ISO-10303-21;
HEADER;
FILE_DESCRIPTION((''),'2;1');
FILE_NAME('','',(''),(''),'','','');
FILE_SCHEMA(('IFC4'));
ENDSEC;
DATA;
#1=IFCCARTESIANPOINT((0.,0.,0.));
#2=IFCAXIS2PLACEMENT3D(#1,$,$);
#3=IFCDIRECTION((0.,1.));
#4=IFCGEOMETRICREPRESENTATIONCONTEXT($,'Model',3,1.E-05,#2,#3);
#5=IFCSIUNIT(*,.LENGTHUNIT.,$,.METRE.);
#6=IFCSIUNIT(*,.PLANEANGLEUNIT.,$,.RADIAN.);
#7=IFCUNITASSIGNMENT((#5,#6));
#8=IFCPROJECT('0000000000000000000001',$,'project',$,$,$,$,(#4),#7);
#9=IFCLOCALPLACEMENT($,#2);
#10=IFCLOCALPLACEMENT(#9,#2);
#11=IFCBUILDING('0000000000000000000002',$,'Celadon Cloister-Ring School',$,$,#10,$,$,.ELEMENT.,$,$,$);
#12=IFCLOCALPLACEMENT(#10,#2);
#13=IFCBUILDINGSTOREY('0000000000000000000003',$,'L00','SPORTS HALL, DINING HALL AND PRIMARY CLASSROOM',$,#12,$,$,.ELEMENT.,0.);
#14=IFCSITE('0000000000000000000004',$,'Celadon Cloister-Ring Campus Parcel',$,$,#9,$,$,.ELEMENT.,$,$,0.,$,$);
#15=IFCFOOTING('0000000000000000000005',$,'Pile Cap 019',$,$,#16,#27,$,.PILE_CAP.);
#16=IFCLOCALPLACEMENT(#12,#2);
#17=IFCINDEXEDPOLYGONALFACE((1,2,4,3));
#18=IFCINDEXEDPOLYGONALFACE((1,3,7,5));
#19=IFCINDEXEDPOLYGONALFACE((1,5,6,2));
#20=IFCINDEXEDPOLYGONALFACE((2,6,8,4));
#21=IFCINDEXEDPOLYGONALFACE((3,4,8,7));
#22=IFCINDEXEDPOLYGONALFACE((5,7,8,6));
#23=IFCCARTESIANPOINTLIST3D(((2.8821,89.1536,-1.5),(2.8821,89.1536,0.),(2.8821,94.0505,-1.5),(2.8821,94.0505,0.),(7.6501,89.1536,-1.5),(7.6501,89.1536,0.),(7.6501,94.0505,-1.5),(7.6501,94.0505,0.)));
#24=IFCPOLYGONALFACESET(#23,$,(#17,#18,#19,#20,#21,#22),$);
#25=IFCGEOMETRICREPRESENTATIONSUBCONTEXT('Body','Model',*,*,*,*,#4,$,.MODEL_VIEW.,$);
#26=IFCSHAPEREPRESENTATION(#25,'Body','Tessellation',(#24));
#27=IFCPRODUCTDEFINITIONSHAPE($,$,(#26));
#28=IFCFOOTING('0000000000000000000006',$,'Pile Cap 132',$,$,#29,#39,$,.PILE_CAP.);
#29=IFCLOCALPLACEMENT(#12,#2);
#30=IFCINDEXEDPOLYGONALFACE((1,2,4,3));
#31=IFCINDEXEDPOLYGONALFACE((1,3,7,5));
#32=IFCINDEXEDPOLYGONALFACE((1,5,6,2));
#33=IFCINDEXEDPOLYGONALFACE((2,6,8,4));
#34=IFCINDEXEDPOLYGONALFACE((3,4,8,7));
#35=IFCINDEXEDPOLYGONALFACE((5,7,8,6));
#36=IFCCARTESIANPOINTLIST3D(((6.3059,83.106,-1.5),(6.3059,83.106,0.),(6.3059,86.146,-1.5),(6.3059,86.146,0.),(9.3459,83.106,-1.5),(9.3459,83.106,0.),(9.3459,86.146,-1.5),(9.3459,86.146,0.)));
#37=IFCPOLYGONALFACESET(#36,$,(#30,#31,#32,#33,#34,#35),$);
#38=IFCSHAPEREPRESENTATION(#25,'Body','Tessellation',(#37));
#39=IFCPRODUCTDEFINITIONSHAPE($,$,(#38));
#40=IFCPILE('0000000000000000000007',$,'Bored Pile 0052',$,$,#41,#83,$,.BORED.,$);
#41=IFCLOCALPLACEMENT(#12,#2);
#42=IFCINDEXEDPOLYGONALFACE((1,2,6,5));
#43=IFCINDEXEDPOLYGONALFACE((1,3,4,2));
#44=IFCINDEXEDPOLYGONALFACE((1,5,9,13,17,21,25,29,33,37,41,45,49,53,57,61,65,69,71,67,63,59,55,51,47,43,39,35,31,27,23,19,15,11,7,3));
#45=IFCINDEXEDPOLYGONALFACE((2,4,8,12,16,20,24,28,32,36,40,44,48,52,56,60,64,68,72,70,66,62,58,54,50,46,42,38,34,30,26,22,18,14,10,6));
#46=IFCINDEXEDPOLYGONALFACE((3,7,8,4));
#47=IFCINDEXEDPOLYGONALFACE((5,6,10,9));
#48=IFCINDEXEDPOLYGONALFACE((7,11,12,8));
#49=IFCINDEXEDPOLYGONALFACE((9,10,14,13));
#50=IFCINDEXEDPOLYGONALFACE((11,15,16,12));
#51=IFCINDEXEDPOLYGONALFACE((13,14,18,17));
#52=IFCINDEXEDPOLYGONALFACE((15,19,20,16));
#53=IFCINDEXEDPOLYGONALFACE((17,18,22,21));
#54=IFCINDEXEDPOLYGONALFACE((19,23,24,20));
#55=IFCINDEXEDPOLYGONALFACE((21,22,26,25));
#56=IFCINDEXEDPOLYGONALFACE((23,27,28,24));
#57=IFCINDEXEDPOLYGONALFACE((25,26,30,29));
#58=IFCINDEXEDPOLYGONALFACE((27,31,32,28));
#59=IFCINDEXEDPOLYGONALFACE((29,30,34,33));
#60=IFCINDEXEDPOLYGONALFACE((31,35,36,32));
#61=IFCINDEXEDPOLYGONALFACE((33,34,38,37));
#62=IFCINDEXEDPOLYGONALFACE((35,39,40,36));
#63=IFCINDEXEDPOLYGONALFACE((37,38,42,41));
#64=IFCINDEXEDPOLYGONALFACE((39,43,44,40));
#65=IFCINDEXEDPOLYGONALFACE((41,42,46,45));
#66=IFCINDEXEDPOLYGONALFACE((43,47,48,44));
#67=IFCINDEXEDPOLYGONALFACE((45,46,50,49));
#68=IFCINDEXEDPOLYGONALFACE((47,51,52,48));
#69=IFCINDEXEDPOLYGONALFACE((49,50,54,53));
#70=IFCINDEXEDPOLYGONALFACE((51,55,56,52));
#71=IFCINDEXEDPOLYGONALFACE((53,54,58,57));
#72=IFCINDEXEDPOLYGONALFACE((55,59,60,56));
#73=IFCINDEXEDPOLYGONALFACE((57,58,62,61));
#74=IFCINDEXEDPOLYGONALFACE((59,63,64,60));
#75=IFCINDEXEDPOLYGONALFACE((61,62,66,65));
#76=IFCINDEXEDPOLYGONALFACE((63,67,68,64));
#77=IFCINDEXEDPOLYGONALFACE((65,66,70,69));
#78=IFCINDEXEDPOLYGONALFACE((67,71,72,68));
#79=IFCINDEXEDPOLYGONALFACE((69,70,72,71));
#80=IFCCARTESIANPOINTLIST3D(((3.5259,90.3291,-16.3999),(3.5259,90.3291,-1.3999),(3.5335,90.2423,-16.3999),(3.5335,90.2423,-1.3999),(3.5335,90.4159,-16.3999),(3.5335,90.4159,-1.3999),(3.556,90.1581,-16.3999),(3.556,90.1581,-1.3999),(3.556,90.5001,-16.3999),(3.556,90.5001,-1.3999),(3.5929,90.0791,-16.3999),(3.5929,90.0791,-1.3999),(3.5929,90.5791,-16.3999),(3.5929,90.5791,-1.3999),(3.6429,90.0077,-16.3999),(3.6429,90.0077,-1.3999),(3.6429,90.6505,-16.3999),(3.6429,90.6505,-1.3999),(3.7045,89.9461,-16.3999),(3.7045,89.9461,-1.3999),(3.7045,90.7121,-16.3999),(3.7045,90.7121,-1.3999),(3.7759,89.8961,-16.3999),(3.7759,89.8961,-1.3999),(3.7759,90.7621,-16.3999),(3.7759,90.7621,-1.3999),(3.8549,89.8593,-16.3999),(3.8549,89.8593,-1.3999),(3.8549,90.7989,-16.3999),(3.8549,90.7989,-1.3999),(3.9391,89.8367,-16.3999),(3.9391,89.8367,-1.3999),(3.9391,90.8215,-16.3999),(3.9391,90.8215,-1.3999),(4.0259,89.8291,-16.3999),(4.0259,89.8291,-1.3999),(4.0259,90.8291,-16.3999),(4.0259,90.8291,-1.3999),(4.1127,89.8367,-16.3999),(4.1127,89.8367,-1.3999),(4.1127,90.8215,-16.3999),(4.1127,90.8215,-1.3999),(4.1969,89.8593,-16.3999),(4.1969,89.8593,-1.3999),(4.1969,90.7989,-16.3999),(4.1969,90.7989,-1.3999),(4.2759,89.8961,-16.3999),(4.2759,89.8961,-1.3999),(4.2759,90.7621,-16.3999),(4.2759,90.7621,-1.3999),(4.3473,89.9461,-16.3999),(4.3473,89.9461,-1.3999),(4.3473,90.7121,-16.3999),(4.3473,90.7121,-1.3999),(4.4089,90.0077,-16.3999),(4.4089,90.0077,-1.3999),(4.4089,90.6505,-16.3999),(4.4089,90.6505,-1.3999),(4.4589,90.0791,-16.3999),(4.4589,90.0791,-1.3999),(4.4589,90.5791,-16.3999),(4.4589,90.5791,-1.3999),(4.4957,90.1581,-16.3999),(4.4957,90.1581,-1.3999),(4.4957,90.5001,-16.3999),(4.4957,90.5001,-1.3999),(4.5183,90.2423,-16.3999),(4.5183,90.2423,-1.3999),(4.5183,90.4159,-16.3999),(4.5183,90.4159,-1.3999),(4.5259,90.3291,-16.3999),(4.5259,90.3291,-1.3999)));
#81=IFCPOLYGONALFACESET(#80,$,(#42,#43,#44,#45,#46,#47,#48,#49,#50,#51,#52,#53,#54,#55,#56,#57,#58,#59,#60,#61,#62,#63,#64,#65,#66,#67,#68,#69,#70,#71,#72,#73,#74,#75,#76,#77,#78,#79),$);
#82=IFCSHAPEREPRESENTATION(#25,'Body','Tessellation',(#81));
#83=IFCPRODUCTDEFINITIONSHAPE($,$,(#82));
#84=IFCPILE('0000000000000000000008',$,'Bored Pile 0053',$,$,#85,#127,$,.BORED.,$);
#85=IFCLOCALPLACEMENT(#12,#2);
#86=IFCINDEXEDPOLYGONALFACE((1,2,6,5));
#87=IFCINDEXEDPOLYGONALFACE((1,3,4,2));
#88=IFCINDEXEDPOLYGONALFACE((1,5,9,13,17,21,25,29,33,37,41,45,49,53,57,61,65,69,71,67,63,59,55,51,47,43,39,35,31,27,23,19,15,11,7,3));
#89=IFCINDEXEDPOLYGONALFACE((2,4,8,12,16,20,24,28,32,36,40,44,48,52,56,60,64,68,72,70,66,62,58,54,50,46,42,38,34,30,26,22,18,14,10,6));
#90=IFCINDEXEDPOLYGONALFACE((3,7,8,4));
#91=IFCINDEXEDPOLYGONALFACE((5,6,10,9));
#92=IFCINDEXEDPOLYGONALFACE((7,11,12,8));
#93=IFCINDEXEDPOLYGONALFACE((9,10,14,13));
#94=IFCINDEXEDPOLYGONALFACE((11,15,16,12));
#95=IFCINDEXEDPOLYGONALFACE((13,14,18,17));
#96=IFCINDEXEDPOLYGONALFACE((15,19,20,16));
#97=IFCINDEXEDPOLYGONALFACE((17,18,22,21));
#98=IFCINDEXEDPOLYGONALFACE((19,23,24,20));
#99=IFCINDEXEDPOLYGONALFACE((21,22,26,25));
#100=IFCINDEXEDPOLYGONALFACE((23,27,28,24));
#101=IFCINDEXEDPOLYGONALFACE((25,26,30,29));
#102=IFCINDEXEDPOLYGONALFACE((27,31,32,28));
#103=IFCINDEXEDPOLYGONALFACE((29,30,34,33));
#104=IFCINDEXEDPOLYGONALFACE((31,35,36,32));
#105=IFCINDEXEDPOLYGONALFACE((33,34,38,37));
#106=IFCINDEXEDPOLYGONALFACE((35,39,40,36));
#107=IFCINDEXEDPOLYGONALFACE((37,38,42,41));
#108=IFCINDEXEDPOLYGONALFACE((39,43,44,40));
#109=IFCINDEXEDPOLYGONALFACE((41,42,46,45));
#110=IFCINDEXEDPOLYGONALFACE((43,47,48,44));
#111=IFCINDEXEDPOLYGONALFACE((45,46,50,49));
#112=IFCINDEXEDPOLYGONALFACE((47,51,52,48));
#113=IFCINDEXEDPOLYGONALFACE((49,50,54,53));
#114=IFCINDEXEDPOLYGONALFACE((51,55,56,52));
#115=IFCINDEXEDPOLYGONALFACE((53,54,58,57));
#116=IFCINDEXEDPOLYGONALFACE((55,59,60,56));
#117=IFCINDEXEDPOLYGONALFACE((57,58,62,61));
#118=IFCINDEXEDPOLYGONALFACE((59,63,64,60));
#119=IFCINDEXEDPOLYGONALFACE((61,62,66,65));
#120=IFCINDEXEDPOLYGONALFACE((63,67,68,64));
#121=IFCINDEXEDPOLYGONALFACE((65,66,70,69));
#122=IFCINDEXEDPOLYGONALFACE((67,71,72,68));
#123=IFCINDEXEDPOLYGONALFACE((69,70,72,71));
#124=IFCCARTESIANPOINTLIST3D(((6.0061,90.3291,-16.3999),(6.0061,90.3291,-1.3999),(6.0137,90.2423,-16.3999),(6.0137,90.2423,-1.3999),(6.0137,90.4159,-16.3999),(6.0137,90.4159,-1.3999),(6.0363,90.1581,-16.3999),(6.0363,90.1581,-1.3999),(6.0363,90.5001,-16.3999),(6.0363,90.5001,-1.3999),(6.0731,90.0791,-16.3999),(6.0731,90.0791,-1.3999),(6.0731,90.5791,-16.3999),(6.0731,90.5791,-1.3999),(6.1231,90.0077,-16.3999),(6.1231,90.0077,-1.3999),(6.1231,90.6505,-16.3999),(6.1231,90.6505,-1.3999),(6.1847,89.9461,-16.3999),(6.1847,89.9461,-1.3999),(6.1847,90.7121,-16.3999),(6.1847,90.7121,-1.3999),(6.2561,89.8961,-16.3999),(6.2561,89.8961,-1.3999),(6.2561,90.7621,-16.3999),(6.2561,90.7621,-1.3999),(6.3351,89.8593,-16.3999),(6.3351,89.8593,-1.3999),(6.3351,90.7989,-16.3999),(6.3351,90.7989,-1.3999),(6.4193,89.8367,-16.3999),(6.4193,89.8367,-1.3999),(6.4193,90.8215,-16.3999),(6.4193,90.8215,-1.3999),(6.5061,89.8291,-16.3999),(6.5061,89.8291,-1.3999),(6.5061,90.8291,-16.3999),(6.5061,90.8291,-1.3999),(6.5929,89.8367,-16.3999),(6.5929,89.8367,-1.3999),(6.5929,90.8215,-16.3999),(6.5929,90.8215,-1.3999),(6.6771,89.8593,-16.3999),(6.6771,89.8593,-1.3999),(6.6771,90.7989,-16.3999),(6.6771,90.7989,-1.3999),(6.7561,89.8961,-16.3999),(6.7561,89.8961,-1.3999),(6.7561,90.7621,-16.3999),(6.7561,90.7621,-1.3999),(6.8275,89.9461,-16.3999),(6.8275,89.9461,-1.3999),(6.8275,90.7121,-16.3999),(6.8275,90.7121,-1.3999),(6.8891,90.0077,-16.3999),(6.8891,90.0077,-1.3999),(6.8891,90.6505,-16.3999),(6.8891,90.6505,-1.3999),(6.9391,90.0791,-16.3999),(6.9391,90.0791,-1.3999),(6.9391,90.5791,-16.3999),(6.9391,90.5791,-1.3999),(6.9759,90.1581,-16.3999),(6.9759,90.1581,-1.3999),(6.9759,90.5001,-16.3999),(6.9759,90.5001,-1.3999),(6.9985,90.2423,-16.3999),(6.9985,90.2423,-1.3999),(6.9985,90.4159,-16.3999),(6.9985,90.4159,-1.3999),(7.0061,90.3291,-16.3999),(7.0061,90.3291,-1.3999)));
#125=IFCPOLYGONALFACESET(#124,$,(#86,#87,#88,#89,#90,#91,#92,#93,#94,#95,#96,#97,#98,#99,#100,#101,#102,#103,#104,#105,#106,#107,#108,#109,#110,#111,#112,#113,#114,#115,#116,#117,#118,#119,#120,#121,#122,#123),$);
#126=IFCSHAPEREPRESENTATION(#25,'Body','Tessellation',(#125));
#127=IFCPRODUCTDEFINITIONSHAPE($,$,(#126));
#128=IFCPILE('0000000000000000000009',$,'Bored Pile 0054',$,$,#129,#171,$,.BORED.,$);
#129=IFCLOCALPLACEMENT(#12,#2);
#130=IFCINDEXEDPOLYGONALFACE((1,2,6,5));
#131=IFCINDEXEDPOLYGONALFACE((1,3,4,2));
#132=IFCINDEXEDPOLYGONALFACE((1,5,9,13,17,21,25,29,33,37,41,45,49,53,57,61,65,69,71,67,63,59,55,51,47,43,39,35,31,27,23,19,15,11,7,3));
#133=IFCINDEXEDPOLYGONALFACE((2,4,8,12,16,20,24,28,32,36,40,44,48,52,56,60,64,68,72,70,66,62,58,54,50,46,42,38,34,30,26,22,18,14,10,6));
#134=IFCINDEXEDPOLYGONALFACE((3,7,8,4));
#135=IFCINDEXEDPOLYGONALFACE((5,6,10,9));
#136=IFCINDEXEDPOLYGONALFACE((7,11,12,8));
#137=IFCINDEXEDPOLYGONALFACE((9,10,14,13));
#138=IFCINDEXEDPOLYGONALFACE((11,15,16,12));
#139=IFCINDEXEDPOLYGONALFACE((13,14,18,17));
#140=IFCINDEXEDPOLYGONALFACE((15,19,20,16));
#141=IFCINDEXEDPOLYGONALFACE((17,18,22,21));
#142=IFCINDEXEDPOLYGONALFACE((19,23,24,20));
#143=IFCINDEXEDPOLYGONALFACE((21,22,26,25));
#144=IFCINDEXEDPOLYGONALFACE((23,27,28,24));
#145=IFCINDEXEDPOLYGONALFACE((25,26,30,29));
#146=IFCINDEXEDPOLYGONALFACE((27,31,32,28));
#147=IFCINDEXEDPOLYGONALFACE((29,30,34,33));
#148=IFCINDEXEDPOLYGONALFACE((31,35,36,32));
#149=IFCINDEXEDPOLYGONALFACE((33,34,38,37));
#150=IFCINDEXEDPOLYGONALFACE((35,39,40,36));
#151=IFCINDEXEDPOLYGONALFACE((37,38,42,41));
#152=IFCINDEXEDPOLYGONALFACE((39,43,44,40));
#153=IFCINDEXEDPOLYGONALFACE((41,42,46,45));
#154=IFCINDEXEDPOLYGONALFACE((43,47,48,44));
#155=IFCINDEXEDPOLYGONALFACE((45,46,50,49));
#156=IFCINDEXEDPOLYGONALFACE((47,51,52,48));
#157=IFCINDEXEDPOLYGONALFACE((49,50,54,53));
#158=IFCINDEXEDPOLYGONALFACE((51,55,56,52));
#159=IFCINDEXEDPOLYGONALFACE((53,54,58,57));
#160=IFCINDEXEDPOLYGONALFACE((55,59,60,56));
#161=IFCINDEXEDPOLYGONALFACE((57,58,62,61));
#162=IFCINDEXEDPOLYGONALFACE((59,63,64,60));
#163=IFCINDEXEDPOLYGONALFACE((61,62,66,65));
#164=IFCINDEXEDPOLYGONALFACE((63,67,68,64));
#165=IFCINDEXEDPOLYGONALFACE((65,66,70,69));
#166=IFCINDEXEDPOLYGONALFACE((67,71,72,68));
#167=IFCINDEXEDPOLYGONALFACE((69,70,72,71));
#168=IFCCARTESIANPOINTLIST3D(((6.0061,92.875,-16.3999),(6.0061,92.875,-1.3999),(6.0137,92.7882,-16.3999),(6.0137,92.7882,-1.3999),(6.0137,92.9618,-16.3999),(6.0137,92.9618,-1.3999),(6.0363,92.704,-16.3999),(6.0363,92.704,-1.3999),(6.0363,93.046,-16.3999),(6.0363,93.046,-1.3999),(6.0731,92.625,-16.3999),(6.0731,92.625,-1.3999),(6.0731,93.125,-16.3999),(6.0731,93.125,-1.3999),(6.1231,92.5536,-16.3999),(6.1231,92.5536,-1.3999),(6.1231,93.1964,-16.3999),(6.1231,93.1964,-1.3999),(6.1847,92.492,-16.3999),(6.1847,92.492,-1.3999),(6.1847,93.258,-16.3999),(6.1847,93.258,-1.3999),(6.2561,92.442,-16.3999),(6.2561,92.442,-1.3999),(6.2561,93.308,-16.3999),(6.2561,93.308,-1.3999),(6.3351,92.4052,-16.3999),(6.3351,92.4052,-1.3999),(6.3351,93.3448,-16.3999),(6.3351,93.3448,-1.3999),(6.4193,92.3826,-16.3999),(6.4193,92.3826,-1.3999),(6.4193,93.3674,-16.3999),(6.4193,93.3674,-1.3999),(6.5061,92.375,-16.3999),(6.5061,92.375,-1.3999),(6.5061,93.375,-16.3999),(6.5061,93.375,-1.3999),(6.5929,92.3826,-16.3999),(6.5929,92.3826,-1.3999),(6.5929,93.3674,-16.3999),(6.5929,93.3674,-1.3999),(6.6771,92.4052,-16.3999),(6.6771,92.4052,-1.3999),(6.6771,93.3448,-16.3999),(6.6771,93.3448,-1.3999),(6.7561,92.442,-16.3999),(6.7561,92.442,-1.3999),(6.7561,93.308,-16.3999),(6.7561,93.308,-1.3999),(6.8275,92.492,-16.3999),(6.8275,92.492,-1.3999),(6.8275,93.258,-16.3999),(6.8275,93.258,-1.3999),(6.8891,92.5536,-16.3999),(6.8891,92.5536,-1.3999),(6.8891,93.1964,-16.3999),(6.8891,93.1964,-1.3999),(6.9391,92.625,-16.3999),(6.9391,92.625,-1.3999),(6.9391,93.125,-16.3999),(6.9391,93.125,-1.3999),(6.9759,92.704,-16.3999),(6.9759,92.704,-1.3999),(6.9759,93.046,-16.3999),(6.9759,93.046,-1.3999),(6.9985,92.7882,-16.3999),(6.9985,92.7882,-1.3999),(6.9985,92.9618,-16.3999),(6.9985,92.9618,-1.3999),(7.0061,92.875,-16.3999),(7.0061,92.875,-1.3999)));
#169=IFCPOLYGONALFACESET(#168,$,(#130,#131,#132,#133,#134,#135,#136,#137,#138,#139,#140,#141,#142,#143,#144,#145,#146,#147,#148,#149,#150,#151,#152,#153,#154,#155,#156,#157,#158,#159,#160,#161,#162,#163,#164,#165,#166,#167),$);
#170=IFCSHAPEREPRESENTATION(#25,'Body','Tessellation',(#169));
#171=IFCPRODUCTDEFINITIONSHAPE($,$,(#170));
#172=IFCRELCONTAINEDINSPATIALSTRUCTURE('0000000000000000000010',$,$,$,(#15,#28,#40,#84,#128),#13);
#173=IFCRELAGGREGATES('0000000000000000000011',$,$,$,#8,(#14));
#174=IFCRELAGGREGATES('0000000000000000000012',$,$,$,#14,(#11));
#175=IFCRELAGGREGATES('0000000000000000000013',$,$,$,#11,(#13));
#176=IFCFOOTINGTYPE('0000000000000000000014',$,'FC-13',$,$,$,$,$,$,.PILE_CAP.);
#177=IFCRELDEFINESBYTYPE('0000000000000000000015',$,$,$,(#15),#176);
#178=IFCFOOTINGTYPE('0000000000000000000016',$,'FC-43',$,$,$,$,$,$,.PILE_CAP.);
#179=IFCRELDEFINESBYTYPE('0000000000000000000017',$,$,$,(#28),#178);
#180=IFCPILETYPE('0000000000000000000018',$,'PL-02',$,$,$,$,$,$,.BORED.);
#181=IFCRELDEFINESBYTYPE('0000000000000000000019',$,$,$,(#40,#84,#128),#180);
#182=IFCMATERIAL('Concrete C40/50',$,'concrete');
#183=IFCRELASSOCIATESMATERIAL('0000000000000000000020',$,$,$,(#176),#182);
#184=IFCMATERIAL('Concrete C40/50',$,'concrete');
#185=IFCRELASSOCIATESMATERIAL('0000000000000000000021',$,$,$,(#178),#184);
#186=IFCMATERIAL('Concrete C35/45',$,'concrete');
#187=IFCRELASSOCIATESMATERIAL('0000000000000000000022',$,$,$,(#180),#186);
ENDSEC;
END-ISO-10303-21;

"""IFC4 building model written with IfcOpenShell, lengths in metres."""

from ifc_helpers import new_model, si_unit, direction, frame, origin, origin_2d, place, context, subcontext, project, spatial, rectangle, circle, extrude, material, material_profile, profile_set, type_object, element, save


model = new_model("IFC4")

# Units and contexts
model_context = context("Model", 3, precision=1e-05, world=origin(), true_north=direction((0.0, 1.0)))
body_context = subcontext(model_context, "Body", "Model", "MODEL_VIEW")
ifc_project = project(units=[si_unit("LENGTHUNIT", "METRE"), si_unit("PLANEANGLEUNIT", "RADIAN")], contexts=[model_context])

# Site, building, storey
site_placement = place(None, origin())
site = spatial("IfcSite", under=ifc_project, at=site_placement, Name="Celadon Cloister-Ring Campus Parcel", CompositionType="ELEMENT", RefElevation=0.0)
building_placement = place(site_placement, origin())
building = spatial("IfcBuilding", under=site, at=building_placement, Name="Celadon Cloister-Ring School", CompositionType="ELEMENT")
storey_placement = place(building_placement, origin())
storey = spatial("IfcBuildingStorey", under=building, at=storey_placement, Name="L00", Description="SPORTS HALL, DINING HALL AND PRIMARY CLASSROOM", CompositionType="ELEMENT", Elevation=0.0)

# Footings
ifc_material_1 = material(Name="Concrete C40/50", Category="concrete")
footing_type_1 = type_object("IfcFootingType", Name="FC-13", PredefinedType="PILE_CAP", material=ifc_material_1)
footing_1_placement = place(storey_placement, frame((5.2661, 91.6021, -1.5), z_axis=(0.0, 0.0, 1.0), x_axis=(1.0, 0.0, 0.0)))
element("IfcFooting", 1, at=footing_1_placement, inside=storey, type_object=footing_type_1, Name="Pile Cap 019", PredefinedType="PILE_CAP", context=body_context, shape_type="SweptSolid", body=[
    extrude(rectangle(XDim=4.7681, YDim=4.897, at=origin_2d()), origin(), (0.0, 0.0, 1.0), 1.5),
])
ifc_material_2 = material(Name="Concrete C40/50", Category="concrete")
footing_type_2 = type_object("IfcFootingType", Name="FC-43", PredefinedType="PILE_CAP", material=ifc_material_2)
footing_2_placement = place(storey_placement, frame((7.8259, 84.626, -1.5), z_axis=(0.0, 0.0, 1.0), x_axis=(1.0, 0.0, 0.0)))
element("IfcFooting", 2, at=footing_2_placement, inside=storey, type_object=footing_type_2, Name="Pile Cap 132", PredefinedType="PILE_CAP", context=body_context, shape_type="SweptSolid", body=[
    extrude(rectangle(XDim=3.04, YDim=3.04, at=origin_2d()), origin(), (0.0, 0.0, 1.0), 1.5),
])

# Piles
ifc_material_3 = material(Name="Concrete C35/45", Category="concrete")
ifc_material_profile_1 = material_profile(ifc_material_3, circle(Radius=0.5, at=origin_2d()), Name="PILE1000")
ifc_profile_set_1 = profile_set([ifc_material_profile_1], Name="Concrete C35/45")
pile_type = type_object("IfcPileType", Name="PL-02", PredefinedType="BORED", material=ifc_profile_set_1)
for number, where, z_axis, x_axis, name in (
    (3, (4.0259, 90.3291, -1.3999), (0.0, 0.0, -1.0), (1.0, 0.0, 0.0), "Bored Pile 0052"),
    (4, (6.5061, 90.3291, -1.3999), (0.0, 0.0, -1.0), (1.0, 0.0, 0.0), "Bored Pile 0053"),
    (5, (6.5061, 92.875, -1.3999), (0.0, 0.0, -1.0), (1.0, 0.0, 0.0), "Bored Pile 0054"),
):
    element("IfcPile", number, at=place(storey_placement, frame(where, z_axis=z_axis, x_axis=x_axis)), inside=storey, type_object=pile_type, Name=name, PredefinedType="BORED", context=body_context, shape_type="SweptSolid", body=[
        extrude(circle(Radius=0.5, at=origin_2d()), origin(), (0.0, 0.0, 1.0), 15.0),
    ])

save(model, "model.ifc")
